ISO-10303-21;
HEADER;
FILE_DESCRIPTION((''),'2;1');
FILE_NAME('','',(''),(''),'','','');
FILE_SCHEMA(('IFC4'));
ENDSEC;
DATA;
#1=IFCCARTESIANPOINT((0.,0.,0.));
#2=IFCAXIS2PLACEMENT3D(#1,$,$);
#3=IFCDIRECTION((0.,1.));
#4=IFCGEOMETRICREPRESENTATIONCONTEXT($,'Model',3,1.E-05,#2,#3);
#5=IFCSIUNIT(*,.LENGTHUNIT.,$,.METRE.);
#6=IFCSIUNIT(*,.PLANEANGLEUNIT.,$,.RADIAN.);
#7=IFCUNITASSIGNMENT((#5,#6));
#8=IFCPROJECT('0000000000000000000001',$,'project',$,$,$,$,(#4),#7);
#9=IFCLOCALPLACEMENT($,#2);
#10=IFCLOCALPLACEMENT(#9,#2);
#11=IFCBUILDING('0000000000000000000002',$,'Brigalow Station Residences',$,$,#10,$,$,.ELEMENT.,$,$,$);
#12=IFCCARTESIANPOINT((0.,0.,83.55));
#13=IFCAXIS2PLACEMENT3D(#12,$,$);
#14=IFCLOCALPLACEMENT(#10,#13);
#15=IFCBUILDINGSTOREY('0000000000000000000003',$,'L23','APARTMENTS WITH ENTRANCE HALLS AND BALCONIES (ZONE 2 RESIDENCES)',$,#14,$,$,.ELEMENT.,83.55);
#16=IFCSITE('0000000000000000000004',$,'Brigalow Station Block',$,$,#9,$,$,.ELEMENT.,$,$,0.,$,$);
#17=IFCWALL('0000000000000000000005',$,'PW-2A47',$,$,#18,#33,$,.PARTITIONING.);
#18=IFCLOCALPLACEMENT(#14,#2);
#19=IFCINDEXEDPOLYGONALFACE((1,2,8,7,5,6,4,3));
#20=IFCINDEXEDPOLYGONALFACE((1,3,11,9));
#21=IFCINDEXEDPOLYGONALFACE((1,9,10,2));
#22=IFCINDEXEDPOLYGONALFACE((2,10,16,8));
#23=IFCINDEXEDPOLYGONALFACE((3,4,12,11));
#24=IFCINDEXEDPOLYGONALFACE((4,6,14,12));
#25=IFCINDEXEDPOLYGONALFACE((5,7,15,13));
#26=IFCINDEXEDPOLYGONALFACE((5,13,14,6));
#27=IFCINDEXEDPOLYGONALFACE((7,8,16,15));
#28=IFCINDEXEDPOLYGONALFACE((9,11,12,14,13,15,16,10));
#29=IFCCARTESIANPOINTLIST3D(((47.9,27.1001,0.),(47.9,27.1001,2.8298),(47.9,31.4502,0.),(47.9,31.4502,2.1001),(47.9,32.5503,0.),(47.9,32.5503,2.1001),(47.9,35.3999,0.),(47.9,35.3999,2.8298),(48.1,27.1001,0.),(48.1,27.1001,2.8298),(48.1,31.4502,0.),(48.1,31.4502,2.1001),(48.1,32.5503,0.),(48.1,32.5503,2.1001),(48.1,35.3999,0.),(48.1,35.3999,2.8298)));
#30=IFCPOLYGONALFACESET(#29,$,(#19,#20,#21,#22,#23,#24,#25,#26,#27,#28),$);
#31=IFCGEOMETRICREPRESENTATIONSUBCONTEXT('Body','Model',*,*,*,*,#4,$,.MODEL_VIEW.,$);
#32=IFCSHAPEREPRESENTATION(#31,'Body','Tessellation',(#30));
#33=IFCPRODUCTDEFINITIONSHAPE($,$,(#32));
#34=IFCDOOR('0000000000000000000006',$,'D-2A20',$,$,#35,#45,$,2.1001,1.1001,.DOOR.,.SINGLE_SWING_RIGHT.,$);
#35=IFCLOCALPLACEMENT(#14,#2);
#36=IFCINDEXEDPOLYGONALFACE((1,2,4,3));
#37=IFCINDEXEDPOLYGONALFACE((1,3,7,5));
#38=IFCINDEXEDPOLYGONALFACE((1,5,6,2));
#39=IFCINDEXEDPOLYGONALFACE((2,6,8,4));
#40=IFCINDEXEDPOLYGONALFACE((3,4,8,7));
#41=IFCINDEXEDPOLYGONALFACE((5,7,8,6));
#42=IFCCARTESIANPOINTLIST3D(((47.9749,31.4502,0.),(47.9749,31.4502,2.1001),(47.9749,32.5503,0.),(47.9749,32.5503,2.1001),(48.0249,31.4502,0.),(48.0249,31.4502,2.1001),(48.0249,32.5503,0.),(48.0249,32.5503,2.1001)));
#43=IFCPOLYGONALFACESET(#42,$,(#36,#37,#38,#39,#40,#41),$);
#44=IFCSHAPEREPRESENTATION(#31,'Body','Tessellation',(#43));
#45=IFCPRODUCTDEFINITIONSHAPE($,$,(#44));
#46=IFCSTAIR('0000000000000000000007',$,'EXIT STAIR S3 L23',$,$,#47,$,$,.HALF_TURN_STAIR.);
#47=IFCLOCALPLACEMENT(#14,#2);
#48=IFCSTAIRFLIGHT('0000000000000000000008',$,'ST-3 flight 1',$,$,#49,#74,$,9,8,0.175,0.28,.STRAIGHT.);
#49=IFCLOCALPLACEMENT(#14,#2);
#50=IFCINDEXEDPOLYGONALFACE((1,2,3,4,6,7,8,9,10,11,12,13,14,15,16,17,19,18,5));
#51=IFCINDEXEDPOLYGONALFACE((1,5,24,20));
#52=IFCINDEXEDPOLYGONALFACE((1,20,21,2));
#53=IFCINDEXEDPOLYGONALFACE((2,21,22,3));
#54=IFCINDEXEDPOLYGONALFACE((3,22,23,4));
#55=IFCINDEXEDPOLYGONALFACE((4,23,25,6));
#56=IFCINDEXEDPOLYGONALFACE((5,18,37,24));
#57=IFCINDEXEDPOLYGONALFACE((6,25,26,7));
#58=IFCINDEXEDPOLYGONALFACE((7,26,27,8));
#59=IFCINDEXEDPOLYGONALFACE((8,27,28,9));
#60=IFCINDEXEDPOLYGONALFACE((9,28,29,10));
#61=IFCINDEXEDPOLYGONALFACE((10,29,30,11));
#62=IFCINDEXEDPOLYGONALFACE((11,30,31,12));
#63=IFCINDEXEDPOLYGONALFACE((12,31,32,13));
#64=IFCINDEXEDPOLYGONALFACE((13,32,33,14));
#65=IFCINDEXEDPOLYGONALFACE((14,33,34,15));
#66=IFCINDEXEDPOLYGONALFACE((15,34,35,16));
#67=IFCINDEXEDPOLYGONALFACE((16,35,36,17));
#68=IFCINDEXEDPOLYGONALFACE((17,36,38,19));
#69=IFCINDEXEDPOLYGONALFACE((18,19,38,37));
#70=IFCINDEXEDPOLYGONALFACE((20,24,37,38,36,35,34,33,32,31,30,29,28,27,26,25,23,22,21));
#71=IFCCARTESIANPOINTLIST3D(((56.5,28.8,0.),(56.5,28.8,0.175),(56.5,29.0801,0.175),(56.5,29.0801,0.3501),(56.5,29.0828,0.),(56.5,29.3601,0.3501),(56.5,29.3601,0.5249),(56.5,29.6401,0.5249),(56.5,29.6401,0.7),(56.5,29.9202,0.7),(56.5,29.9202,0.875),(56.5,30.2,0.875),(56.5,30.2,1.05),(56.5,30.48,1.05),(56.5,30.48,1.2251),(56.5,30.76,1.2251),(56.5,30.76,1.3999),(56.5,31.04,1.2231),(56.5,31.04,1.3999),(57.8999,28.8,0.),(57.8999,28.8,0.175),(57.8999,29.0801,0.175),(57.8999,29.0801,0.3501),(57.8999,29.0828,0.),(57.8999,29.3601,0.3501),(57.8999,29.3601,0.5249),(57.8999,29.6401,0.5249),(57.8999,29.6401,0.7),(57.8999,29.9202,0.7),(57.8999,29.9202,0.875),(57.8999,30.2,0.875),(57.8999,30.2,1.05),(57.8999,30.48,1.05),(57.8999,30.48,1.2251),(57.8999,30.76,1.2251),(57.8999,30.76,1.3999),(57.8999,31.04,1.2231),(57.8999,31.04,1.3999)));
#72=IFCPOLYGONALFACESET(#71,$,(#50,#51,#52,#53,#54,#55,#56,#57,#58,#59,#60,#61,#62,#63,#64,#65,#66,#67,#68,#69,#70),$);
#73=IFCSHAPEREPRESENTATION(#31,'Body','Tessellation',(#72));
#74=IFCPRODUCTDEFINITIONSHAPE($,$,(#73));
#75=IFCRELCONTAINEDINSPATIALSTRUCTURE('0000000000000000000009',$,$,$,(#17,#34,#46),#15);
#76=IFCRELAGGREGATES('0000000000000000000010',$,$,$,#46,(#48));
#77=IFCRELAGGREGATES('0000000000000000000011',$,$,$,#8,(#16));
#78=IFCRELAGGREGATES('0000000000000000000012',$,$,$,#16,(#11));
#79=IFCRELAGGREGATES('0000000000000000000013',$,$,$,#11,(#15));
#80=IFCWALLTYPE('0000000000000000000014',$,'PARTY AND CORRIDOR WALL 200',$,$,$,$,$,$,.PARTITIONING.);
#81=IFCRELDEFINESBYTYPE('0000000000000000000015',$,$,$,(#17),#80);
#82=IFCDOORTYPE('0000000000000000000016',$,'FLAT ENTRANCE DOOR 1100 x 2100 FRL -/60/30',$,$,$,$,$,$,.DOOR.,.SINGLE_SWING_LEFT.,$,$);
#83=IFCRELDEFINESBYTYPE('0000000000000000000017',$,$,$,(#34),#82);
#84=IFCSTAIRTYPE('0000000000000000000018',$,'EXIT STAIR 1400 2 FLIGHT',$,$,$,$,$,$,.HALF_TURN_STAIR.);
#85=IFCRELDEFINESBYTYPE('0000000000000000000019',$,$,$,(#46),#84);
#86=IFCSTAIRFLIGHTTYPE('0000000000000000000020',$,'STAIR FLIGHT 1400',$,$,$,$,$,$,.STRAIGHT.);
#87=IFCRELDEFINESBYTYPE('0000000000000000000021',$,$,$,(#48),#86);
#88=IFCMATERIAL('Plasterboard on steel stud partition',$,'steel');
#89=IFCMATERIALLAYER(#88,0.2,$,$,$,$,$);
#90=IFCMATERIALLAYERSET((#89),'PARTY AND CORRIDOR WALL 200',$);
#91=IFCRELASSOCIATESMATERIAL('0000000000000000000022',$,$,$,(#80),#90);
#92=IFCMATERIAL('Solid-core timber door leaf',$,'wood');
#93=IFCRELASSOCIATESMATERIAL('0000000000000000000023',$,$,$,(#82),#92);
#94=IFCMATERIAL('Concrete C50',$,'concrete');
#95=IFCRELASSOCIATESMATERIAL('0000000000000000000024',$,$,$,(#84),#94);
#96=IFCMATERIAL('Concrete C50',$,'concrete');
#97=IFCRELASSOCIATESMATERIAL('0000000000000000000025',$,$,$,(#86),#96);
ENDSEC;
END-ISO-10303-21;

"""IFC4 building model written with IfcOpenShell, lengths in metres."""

from ifc_helpers import new_model, si_unit, direction, frame, frame_2d, origin, place, context, subcontext, project, spatial, polyline, rectangle, outline, extrude, material, layer, layer_set, type_object, element, fill, aggregate, save


model = new_model("IFC4")

# Units and contexts
model_context = context("Model", 3, precision=1e-05, world=origin(), true_north=direction((0.0, 1.0)))
body_context = subcontext(model_context, "Body", "Model", "MODEL_VIEW")
ifc_project = project(units=[si_unit("LENGTHUNIT", "METRE"), si_unit("PLANEANGLEUNIT", "RADIAN")], contexts=[model_context])

# Site, building, storey
site_placement = place(None, origin())
site = spatial("IfcSite", under=ifc_project, at=site_placement, Name="Brigalow Station Block", CompositionType="ELEMENT", RefElevation=0.0)
building_placement = place(site_placement, origin())
building = spatial("IfcBuilding", under=site, at=building_placement, Name="Brigalow Station Residences", CompositionType="ELEMENT")
storey_placement = place(building_placement, frame((0.0, 0.0, 83.55)))
storey = spatial("IfcBuildingStorey", under=building, at=storey_placement, Name="L23", Description="APARTMENTS WITH ENTRANCE HALLS AND BALCONIES (ZONE 2 RESIDENCES)", CompositionType="ELEMENT", Elevation=83.55)

# Shared definitions
ifc_material_1 = material(Name="Plasterboard on steel stud partition", Category="steel")
ifc_layer_1 = layer(ifc_material_1, 0.2)
ifc_layer_set_1 = layer_set([ifc_layer_1], Name="PARTY AND CORRIDOR WALL 200")
wall_type_1 = type_object("IfcWallType", Name="PARTY AND CORRIDOR WALL 200", PredefinedType="PARTITIONING", material=ifc_layer_set_1)

# Wall, opening, door
wall_1_placement = place(storey_placement, frame((48.0, 27.1001, 0.0), z_axis=(0.0, 0.0, 1.0), x_axis=(0.0, 1.0, 0.0)))
wall_1 = element("IfcWall", 1, at=wall_1_placement, inside=storey, type_object=wall_type_1, Name="PW-2A47", PredefinedType="PARTITIONING", context=body_context, shape_type="SweptSolid", body=[
    extrude(rectangle(XDim=8.2998, YDim=0.2, at=frame_2d((4.1499, 0.0))), origin(), (0.0, 0.0, 1.0), 2.8298),
])
opening_1_placement = place(wall_1_placement, frame((4.3501, 0.0, 0.0)))
opening_1 = element("IfcOpeningElement", 2, at=opening_1_placement, cuts=wall_1, PredefinedType="OPENING", context=body_context, shape_type="SweptSolid", body=[
    extrude(rectangle(XDim=1.1001, YDim=2.1001, at=frame_2d((0.55, 1.05))), frame((0.0, 0.1099, 0.0), z_axis=(0.0, -1.0, 0.0), x_axis=(1.0, 0.0, 0.0)), (0.0, 0.0, 1.0), 0.22),
])
ifc_material_2 = material(Name="Solid-core timber door leaf", Category="wood")
door_type_1 = type_object("IfcDoorType", Name="FLAT ENTRANCE DOOR 1100 x 2100 FRL -/60/30", OperationType="SINGLE_SWING_LEFT", PredefinedType="DOOR", material=ifc_material_2)
door_1_placement = place(opening_1_placement, frame((1.1001, 0.0, 0.0), z_axis=(0.0, 0.0, 1.0), x_axis=(-1.0, 0.0, 0.0)))
door_1 = element("IfcDoor", 3, at=door_1_placement, inside=storey, type_object=door_type_1, Name="D-2A20", OperationType="SINGLE_SWING_RIGHT", OverallHeight=2.1001, OverallWidth=1.1001, PredefinedType="DOOR", context=body_context, shape_type="SweptSolid", body=[
    extrude(rectangle(XDim=1.1001, YDim=2.1001, at=frame_2d((0.55, 1.05))), frame((0.0, 0.0249, 0.0), z_axis=(0.0, -1.0, 0.0), x_axis=(1.0, 0.0, 0.0)), (0.0, 0.0, 1.0), 0.05),
])
fill(opening_1, door_1)

# Stair, stair flight
ifc_material_3 = material(Name="Concrete C50", Category="concrete")
stair_type = type_object("IfcStairType", Name="EXIT STAIR 1400 2 FLIGHT", PredefinedType="HALF_TURN_STAIR", material=ifc_material_3)
stair_placement = place(storey_placement, origin())
stair = element("IfcStair", 4, at=stair_placement, inside=storey, type_object=stair_type, Name="EXIT STAIR S3 L23", PredefinedType="HALF_TURN_STAIR")
ifc_material_4 = material(Name="Concrete C50", Category="concrete")
stair_flight_type = type_object("IfcStairFlightType", Name="STAIR FLIGHT 1400", PredefinedType="STRAIGHT", material=ifc_material_4)
stair_flight_placement = place(storey_placement, frame((57.2, 28.8, 0.0), z_axis=(0.0, 0.0, 1.0), x_axis=(0.0, 1.0, 0.0)))
stair_flight = element("IfcStairFlight", 5, at=stair_flight_placement, type_object=stair_flight_type, Name="ST-3 flight 1", NumberOfRisers=9, NumberOfTreads=8, PredefinedType="STRAIGHT", RiserHeight=0.175, TreadLength=0.28, context=body_context, shape_type="SweptSolid", body=[
    extrude(outline(polyline([(0.0, 0.0), (0.0, 0.175), (0.28, 0.175), (0.28, 0.3501), (0.5601, 0.3501), (0.5601, 0.5249), (0.8401, 0.5249), (0.8401, 0.7), (1.1201, 0.7), (1.1201, 0.875), (1.3999, 0.875), (1.3999, 1.05), (1.6799, 1.05), (1.6799, 1.2251), (1.96, 1.2251), (1.96, 1.3999), (2.24, 1.3999), (2.24, 1.575), (2.24, 1.2231), (0.2827, 0.0), (0.0, 0.0)])), frame((0.0, 0.7, 0.0), z_axis=(0.0, -1.0, 0.0), x_axis=(1.0, 0.0, 0.0)), (0.0, 0.0, 1.0), 1.3999),
])
aggregate(stair, [stair_flight])

save(model, "model.ifc")
